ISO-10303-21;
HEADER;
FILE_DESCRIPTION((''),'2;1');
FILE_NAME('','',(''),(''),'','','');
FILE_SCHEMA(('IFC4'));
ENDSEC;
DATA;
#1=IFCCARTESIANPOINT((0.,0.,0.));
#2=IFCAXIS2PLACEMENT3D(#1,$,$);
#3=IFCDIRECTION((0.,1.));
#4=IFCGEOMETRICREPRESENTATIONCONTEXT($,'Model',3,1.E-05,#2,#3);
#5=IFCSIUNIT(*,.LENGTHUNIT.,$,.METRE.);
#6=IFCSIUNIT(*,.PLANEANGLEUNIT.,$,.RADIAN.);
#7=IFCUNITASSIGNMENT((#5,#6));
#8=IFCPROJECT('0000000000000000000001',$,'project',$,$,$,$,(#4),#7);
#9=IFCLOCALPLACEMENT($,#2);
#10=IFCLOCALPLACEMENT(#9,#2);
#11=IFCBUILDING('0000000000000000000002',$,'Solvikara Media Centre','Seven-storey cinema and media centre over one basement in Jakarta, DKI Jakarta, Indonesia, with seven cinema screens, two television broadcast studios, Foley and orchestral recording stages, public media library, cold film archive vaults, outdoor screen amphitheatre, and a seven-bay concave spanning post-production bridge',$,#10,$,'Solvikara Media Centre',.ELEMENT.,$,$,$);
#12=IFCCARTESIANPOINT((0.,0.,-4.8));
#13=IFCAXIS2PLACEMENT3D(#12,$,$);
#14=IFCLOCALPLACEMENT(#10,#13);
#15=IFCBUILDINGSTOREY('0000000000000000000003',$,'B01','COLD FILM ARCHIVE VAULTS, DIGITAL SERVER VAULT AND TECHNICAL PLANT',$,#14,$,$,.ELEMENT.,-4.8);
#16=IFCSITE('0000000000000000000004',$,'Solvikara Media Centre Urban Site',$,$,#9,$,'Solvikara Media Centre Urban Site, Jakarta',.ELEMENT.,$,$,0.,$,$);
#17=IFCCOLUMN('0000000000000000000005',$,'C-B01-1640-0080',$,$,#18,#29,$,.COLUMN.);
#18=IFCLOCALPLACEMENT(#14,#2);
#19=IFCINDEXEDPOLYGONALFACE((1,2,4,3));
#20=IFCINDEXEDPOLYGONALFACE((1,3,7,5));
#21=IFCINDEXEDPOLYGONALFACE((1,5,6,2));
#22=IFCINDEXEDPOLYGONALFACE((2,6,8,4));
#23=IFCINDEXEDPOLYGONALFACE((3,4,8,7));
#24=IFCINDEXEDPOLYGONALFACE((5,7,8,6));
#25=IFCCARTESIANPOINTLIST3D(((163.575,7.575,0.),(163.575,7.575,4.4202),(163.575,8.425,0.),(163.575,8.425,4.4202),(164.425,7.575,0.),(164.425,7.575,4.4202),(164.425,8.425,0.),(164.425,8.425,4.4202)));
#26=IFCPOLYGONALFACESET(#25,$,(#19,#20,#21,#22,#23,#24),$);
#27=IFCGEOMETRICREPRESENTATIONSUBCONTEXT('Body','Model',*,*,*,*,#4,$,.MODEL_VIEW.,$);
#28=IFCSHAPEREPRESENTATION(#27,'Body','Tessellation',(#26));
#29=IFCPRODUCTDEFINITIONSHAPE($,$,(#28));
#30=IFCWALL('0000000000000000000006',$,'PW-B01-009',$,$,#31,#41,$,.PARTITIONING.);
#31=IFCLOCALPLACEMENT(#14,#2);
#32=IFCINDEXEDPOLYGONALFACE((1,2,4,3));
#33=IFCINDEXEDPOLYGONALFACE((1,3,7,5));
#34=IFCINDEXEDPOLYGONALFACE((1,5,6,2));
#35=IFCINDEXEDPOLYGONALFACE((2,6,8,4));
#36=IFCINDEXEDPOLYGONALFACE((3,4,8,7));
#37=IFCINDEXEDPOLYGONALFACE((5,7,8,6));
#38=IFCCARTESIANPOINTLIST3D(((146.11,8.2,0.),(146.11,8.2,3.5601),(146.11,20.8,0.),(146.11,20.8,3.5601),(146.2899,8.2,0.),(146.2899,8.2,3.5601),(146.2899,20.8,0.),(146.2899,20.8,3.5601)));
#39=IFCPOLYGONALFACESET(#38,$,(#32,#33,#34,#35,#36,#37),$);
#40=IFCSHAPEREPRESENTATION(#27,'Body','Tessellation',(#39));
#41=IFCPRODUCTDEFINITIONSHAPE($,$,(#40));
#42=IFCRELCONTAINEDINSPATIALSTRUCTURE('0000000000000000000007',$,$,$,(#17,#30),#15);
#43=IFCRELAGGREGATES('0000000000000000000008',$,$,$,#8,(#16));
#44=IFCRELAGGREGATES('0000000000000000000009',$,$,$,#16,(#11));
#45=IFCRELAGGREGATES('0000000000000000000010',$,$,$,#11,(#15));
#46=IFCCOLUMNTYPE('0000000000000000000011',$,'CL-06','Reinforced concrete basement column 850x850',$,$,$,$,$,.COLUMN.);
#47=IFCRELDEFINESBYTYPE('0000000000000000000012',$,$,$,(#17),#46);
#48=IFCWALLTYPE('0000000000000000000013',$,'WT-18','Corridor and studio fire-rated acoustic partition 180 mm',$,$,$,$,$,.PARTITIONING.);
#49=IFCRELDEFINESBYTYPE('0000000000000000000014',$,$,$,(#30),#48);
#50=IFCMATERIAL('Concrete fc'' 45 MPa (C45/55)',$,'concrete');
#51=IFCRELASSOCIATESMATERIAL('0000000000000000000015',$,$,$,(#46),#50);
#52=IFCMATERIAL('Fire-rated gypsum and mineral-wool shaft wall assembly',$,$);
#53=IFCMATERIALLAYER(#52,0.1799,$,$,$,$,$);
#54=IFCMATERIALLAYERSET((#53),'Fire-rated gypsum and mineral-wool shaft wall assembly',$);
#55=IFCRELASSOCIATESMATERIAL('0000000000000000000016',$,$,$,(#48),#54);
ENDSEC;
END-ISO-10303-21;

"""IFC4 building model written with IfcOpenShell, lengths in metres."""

from ifc_helpers import new_model, si_unit, direction, frame, frame_2d, origin, origin_2d, place, context, subcontext, project, spatial, rectangle, extrude, material, layer, layer_set, material_profile, profile_set, type_object, element, save


model = new_model("IFC4")

# Units and contexts
model_context = context("Model", 3, precision=1e-05, world=origin(), true_north=direction((0.0, 1.0)))
body_context = subcontext(model_context, "Body", "Model", "MODEL_VIEW")
ifc_project = project(units=[si_unit("LENGTHUNIT", "METRE"), si_unit("PLANEANGLEUNIT", "RADIAN")], contexts=[model_context])

# Site, building, storey
site_placement = place(None, origin())
site = spatial("IfcSite", under=ifc_project, at=site_placement, Name="Solvikara Media Centre Urban Site", LongName="Solvikara Media Centre Urban Site, Jakarta", CompositionType="ELEMENT", RefElevation=0.0)
building_placement = place(site_placement, origin())
building = spatial("IfcBuilding", under=site, at=building_placement, Name="Solvikara Media Centre", Description="Seven-storey cinema and media centre over one basement in Jakarta, DKI Jakarta, Indonesia, with seven cinema screens, two television broadcast studios, Foley and orchestral recording stages, public media library, cold film archive vaults, outdoor screen amphitheatre, and a seven-bay concave spanning post-production bridge", LongName="Solvikara Media Centre", CompositionType="ELEMENT")
storey_placement = place(building_placement, frame((0.0, 0.0, -4.8)))
storey = spatial("IfcBuildingStorey", under=building, at=storey_placement, Name="B01", Description="COLD FILM ARCHIVE VAULTS, DIGITAL SERVER VAULT AND TECHNICAL PLANT", CompositionType="ELEMENT", Elevation=-4.8)

# Column
ifc_material_1 = material(Name="Concrete fc' 45 MPa (C45/55)", Category="concrete")
ifc_material_profile_1 = material_profile(ifc_material_1, rectangle(XDim=0.8501, YDim=0.8501, at=origin_2d()), Name="RC 850x850")
ifc_profile_set_1 = profile_set([ifc_material_profile_1], Name="Concrete fc' 45 MPa (C45/55)")
column_type = type_object("IfcColumnType", Name="CL-06", Description="Reinforced concrete basement column 850x850", PredefinedType="COLUMN", material=ifc_profile_set_1)
for number, where, z_axis, x_axis, name in (
    (1, (164.0, 8.0, 0.0), (0.0, 0.0, 1.0), (1.0, 0.0, 0.0), "C-B01-1640-0080"),
):
    element("IfcColumn", number, at=place(storey_placement, frame(where, z_axis=z_axis, x_axis=x_axis)), inside=storey, type_object=column_type, Name=name, PredefinedType="COLUMN", context=body_context, shape_type="SweptSolid", body=[
        extrude(rectangle(XDim=0.8501, YDim=0.8501, at=origin_2d()), origin(), (0.0, 0.0, 1.0), 4.4202),
    ])

# Wall
ifc_material_2 = material(Name="Fire-rated gypsum and mineral-wool shaft wall assembly")
ifc_layer = layer(ifc_material_2, 0.1799)
ifc_layer_set = layer_set([ifc_layer], Name="Fire-rated gypsum and mineral-wool shaft wall assembly")
wall_type = type_object("IfcWallType", Name="WT-18", Description="Corridor and studio fire-rated acoustic partition 180 mm", PredefinedType="PARTITIONING", material=ifc_layer_set)
wall_placement = place(storey_placement, frame((146.2, 8.2, 0.0), z_axis=(0.0, 0.0, 1.0), x_axis=(0.0, 1.0, 0.0)))
element("IfcWall", 2, at=wall_placement, inside=storey, type_object=wall_type, Name="PW-B01-009", PredefinedType="PARTITIONING", context=body_context, shape_type="SweptSolid", body=[
    extrude(rectangle(XDim=12.6001, YDim=0.1799, at=frame_2d((6.3, 0.0))), origin(), (0.0, 0.0, 1.0), 3.5601),
])

save(model, "model.ifc")
